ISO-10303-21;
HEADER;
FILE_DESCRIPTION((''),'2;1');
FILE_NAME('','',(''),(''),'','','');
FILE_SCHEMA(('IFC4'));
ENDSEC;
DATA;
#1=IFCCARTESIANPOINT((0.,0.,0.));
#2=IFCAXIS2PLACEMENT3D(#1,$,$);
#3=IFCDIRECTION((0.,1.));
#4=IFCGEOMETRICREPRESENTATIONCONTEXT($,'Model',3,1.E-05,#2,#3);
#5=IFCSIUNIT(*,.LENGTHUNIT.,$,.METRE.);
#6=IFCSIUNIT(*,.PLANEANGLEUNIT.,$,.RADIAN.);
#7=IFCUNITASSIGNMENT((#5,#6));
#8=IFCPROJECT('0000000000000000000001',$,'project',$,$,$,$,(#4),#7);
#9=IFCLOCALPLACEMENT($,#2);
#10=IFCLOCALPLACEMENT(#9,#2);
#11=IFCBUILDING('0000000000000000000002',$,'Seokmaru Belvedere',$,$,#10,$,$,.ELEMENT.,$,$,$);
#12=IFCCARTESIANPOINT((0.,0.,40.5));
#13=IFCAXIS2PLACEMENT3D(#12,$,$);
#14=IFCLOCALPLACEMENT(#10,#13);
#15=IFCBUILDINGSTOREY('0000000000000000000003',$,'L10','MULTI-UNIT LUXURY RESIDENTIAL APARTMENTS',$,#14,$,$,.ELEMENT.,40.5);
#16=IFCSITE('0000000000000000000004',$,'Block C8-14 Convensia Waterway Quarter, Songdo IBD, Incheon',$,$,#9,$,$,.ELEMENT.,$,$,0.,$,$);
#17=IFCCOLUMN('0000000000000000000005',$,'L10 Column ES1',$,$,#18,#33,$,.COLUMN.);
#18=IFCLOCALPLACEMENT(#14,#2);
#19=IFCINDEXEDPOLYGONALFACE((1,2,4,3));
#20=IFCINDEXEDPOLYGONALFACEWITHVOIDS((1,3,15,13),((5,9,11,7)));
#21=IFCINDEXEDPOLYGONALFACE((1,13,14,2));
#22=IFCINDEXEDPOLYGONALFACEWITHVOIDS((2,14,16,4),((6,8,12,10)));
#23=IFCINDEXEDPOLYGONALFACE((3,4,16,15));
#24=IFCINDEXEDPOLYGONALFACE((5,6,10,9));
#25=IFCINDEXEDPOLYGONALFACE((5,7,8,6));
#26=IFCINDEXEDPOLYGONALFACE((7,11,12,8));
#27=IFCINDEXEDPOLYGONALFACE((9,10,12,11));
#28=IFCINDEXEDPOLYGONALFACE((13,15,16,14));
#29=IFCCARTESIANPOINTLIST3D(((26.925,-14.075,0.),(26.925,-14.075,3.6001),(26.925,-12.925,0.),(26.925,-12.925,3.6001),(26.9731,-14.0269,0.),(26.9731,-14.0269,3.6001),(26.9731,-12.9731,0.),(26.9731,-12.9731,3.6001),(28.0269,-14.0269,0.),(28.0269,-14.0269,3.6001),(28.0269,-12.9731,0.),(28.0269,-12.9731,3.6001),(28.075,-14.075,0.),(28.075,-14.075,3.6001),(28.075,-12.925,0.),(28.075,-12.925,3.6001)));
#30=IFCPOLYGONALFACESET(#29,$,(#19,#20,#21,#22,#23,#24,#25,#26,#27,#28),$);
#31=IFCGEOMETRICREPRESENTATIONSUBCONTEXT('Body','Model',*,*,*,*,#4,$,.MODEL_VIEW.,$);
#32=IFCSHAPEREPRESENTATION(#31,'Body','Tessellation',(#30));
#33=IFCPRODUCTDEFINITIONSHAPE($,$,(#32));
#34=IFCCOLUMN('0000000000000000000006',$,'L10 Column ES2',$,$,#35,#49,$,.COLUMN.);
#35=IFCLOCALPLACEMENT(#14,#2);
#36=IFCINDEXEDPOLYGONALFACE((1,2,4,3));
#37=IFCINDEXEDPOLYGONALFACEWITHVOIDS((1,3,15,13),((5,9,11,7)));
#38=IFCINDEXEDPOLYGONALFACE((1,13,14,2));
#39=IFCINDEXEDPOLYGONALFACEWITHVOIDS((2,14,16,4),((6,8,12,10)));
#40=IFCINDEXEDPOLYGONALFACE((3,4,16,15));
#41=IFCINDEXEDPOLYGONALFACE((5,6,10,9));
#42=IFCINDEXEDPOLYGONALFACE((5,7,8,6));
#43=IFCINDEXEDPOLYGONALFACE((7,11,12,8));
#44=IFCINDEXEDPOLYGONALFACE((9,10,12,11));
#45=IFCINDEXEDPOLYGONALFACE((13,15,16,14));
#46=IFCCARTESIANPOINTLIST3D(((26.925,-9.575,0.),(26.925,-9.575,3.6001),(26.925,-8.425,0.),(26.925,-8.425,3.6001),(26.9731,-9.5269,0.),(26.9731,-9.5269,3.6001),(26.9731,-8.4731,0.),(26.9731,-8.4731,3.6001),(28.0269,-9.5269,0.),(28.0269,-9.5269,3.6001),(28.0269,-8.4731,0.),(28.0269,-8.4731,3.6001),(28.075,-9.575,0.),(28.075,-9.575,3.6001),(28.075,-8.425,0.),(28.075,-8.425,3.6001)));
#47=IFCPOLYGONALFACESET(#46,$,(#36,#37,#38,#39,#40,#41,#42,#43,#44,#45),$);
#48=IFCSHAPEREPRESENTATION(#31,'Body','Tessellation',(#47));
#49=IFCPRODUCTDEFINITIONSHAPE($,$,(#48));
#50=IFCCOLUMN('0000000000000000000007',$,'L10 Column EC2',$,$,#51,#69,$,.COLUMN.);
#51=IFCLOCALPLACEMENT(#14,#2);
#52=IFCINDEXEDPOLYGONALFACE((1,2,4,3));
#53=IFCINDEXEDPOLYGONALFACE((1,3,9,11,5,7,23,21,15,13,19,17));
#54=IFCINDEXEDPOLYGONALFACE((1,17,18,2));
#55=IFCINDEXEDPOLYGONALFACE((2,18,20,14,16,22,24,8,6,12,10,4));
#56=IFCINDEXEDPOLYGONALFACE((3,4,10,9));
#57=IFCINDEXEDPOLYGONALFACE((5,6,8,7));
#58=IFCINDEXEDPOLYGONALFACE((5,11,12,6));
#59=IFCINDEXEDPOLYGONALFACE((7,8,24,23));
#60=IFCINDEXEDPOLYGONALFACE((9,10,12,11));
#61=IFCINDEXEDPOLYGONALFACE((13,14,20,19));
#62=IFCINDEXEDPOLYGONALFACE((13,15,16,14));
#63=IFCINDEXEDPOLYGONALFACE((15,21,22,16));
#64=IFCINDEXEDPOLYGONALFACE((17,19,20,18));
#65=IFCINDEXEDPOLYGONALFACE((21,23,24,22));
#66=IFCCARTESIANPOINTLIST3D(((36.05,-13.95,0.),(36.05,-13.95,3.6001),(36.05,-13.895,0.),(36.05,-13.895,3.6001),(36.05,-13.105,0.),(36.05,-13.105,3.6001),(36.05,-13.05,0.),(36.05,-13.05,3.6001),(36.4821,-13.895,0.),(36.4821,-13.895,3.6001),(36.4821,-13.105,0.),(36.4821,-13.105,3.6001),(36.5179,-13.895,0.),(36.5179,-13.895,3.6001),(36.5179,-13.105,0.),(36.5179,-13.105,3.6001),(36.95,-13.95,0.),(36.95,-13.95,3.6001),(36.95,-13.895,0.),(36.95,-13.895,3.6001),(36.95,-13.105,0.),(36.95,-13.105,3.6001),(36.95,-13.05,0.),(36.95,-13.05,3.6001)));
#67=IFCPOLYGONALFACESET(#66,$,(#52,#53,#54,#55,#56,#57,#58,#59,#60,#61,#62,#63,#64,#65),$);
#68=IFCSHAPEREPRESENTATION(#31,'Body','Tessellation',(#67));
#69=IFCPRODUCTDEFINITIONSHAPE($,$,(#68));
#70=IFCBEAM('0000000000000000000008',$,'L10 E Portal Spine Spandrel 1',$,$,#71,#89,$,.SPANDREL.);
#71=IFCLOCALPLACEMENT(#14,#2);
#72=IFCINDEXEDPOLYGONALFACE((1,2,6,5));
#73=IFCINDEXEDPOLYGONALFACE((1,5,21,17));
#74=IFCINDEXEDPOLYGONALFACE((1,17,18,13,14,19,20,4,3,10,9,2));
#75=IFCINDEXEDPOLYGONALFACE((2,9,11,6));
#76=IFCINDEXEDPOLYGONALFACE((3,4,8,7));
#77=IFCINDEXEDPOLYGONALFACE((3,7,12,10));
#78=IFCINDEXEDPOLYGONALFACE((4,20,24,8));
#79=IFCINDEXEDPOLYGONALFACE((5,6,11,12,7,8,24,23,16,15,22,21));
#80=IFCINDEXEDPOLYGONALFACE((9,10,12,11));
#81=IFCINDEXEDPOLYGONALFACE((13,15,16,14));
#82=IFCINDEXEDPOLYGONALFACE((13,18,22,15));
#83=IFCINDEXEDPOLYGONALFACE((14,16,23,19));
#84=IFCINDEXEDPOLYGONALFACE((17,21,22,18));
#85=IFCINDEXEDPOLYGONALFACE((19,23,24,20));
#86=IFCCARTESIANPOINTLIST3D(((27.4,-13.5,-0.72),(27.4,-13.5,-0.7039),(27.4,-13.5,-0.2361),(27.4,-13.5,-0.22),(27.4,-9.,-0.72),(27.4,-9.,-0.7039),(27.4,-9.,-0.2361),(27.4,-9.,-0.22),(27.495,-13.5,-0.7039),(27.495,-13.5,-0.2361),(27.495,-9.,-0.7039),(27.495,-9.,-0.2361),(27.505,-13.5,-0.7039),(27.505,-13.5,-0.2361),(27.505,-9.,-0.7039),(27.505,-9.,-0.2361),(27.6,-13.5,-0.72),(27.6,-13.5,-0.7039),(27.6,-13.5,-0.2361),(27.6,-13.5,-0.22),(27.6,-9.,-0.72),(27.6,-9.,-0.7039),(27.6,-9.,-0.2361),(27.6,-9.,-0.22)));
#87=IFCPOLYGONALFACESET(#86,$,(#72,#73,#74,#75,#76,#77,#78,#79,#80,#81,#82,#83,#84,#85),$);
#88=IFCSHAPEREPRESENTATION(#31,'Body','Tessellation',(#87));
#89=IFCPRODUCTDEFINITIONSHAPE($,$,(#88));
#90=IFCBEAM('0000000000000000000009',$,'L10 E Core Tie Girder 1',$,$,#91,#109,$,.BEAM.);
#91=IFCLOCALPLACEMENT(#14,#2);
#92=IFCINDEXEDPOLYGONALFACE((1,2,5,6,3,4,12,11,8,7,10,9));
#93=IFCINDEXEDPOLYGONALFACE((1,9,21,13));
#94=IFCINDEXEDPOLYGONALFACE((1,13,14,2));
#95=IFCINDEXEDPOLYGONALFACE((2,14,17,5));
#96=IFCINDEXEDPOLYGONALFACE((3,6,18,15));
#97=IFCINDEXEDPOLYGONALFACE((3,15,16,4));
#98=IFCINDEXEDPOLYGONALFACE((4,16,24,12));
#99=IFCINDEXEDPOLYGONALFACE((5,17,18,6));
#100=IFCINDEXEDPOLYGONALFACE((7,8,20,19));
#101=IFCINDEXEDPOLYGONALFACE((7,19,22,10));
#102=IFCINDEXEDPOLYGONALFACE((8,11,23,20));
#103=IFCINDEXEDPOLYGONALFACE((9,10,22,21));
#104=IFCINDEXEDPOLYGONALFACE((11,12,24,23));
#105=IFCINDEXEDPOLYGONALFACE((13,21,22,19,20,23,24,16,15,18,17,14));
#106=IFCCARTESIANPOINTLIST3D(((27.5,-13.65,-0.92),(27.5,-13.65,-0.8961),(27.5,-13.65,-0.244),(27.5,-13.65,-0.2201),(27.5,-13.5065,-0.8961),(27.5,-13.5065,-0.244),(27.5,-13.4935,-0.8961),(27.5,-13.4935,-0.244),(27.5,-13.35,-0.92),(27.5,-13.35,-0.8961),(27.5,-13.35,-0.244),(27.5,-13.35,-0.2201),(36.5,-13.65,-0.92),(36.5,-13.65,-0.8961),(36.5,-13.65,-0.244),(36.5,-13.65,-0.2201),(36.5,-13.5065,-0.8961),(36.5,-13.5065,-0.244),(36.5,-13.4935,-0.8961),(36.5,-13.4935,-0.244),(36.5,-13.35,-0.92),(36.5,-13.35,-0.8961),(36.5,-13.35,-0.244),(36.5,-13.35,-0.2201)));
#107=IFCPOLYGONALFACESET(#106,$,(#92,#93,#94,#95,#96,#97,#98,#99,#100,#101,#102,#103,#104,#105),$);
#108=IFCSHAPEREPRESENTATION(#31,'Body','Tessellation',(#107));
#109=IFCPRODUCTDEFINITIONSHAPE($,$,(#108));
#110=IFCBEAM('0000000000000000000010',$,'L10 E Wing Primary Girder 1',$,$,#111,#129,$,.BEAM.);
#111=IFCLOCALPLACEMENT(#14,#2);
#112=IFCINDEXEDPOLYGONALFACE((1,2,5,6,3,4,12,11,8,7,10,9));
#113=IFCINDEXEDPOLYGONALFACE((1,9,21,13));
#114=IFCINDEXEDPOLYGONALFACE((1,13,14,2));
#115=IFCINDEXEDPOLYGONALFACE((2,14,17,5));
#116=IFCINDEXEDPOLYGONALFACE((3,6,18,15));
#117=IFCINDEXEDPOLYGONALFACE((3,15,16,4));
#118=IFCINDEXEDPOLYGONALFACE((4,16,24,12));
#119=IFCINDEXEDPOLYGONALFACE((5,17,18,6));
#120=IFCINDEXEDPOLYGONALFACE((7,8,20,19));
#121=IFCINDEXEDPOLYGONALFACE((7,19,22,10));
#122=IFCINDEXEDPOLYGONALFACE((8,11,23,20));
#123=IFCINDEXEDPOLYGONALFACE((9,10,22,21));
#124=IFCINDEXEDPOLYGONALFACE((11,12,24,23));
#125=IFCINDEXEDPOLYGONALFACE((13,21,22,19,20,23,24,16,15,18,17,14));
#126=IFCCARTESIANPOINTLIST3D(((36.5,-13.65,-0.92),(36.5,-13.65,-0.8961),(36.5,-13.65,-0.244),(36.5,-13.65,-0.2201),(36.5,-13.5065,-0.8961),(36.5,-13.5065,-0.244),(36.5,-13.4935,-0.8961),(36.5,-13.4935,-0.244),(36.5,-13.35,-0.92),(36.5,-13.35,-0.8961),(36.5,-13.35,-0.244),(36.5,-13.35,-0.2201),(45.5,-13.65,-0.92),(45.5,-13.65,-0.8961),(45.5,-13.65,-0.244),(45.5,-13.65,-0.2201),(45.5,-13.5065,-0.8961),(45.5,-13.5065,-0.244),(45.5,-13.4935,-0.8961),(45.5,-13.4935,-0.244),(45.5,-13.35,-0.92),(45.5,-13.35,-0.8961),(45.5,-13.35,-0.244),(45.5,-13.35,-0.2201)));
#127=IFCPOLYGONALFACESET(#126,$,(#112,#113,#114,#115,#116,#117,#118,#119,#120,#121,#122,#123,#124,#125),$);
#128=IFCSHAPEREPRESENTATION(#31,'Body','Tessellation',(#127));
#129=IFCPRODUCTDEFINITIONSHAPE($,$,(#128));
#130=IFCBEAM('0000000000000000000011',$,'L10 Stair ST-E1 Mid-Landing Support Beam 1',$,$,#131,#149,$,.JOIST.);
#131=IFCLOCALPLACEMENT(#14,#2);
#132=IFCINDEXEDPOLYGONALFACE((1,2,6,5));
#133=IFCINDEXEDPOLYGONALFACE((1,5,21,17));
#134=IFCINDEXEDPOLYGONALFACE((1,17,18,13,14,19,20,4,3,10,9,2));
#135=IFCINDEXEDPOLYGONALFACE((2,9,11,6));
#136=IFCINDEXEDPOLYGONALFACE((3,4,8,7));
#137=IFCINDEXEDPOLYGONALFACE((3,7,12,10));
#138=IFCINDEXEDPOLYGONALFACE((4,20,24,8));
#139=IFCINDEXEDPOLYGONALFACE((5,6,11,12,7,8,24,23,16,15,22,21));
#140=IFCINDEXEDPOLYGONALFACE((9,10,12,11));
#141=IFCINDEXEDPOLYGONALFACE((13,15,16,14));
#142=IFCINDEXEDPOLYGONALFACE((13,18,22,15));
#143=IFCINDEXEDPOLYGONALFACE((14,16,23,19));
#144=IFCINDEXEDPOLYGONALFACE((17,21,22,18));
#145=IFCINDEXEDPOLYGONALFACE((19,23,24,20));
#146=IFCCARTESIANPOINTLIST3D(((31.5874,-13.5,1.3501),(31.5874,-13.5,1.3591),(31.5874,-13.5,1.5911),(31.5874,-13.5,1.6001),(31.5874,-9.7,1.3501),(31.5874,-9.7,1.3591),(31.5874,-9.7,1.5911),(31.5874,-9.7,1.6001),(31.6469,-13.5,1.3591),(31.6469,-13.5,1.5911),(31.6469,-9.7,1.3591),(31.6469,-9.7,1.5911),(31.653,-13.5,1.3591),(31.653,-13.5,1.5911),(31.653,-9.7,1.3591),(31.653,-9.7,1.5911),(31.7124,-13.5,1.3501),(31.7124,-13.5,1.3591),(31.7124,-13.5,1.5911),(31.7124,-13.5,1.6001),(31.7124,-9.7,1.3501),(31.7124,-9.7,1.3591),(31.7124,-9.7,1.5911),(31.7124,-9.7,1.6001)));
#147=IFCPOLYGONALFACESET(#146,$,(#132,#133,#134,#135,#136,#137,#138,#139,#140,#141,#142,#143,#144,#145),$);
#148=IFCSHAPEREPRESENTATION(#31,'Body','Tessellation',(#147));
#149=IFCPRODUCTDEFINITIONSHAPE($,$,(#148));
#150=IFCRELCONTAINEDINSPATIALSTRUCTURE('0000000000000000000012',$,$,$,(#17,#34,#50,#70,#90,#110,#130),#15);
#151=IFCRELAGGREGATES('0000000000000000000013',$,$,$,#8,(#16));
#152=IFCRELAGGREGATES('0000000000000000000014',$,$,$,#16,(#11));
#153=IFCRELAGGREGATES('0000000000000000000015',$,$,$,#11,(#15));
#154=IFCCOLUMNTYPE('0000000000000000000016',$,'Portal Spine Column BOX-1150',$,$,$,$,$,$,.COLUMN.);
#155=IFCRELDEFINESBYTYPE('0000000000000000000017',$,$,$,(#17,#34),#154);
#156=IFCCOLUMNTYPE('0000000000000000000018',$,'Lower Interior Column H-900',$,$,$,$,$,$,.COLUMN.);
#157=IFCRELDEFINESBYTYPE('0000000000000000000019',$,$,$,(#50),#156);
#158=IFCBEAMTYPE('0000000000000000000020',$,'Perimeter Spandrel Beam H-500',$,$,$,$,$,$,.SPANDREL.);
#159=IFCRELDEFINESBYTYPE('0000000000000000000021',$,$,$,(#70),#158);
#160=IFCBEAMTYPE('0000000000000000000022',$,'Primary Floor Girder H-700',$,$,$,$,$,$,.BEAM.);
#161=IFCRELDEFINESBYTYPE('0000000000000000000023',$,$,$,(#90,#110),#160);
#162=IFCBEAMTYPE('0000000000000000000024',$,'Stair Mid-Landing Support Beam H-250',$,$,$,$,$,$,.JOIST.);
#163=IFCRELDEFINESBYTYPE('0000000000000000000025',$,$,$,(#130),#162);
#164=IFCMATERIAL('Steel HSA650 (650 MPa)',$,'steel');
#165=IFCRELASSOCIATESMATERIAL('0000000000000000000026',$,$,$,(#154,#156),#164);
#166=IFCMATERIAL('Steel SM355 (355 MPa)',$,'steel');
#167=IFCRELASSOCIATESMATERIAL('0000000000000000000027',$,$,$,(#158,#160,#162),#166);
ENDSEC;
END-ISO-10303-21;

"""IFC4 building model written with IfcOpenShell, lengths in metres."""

from ifc_helpers import new_model, si_unit, direction, frame, origin, origin_2d, place, context, subcontext, project, spatial, hollow_rectangle, i_section, extrude, source, transform, mapped, material, material_profile, profile_set, type_object, type_shapes, element, save


model = new_model("IFC4")

# Units and contexts
model_context = context("Model", 3, precision=1e-05, world=origin(), true_north=direction((0.0, 1.0)))
body_context = subcontext(model_context, "Body", "Model", "MODEL_VIEW")
ifc_project = project(units=[si_unit("LENGTHUNIT", "METRE"), si_unit("PLANEANGLEUNIT", "RADIAN")], contexts=[model_context])

# Site, building, storey
site_placement = place(None, origin())
site = spatial("IfcSite", under=ifc_project, at=site_placement, Name="Block C8-14 Convensia Waterway Quarter, Songdo IBD, Incheon", CompositionType="ELEMENT", RefElevation=0.0)
building_placement = place(site_placement, origin())
building = spatial("IfcBuilding", under=site, at=building_placement, Name="Seokmaru Belvedere", CompositionType="ELEMENT")
storey_placement = place(building_placement, frame((0.0, 0.0, 40.5)))
storey = spatial("IfcBuildingStorey", under=building, at=storey_placement, Name="L10", Description="MULTI-UNIT LUXURY RESIDENTIAL APARTMENTS", CompositionType="ELEMENT", Elevation=40.5)

# Columns
ifc_material_1 = material(Name="Steel HSA650 (650 MPa)", Category="steel")
ifc_material_profile_1 = material_profile(ifc_material_1, hollow_rectangle(XDim=1.1499, YDim=1.1499, WallThickness=0.0481, at=origin_2d()), Name="BOX-1150x1150x48")
ifc_profile_set_1 = profile_set([ifc_material_profile_1], Name="Steel HSA650 (650 MPa)")
column_type_1 = type_object("IfcColumnType", Name="Portal Spine Column BOX-1150", PredefinedType="COLUMN", material=ifc_profile_set_1)
shared_shape_1 = source(origin(), body_context, "Body", "SweptSolid", [
    extrude(hollow_rectangle(XDim=1.1499, YDim=1.1499, WallThickness=0.0481, at=origin_2d()), origin(), (0.0, 0.0, 1.0), 3.6001),
])
type_shapes(column_type_1, [shared_shape_1])
for number, where, z_axis, x_axis, name in (
    (1, (27.5, -13.5, 0.0), (0.0, 0.0, 1.0), (1.0, 0.0, 0.0), "L10 Column ES1"),
    (2, (27.5, -9.0, 0.0), (0.0, 0.0, 1.0), (1.0, 0.0, 0.0), "L10 Column ES2"),
):
    element("IfcColumn", number, at=place(storey_placement, frame(where, z_axis=z_axis, x_axis=x_axis)), inside=storey, type_object=column_type_1, Name=name, PredefinedType="COLUMN", context=body_context, shape_type="MappedRepresentation", body=[
        mapped(shared_shape_1, transform((0.0, 0.0, 0.0), scale=1.0)),
    ])
ifc_material_profile_2 = material_profile(ifc_material_1, i_section(OverallWidth=0.8999, OverallDepth=0.8999, WebThickness=0.0359, FlangeThickness=0.0549, at=origin_2d()), Name="H-900x900x36x55")
ifc_profile_set_2 = profile_set([ifc_material_profile_2], Name="Steel HSA650 (650 MPa)")
column_type_2 = type_object("IfcColumnType", Name="Lower Interior Column H-900", PredefinedType="COLUMN", material=ifc_profile_set_2)
shared_shape_2 = source(origin(), body_context, "Body", "SweptSolid", [
    extrude(i_section(OverallWidth=0.8999, OverallDepth=0.8999, WebThickness=0.0359, FlangeThickness=0.0549, at=origin_2d()), origin(), (0.0, 0.0, 1.0), 3.6001),
])
type_shapes(column_type_2, [shared_shape_2])
column_placement = place(storey_placement, frame((36.5, -13.5, 0.0), z_axis=(0.0, 0.0, 1.0), x_axis=(1.0, 0.0, 0.0)))
element("IfcColumn", 3, at=column_placement, inside=storey, type_object=column_type_2, Name="L10 Column EC2", PredefinedType="COLUMN", context=body_context, shape_type="MappedRepresentation", body=[
    mapped(shared_shape_2, transform((0.0, 0.0, 0.0), scale=1.0)),
])

# Beams
ifc_material_2 = material(Name="Steel SM355 (355 MPa)", Category="steel")
ifc_material_profile_3 = material_profile(ifc_material_2, i_section(OverallWidth=0.2, OverallDepth=0.5, WebThickness=0.01, FlangeThickness=0.0161, at=origin_2d()), Name="H-500x200x10x16")
ifc_profile_set_3 = profile_set([ifc_material_profile_3], Name="Steel SM355 (355 MPa)")
beam_type_1 = type_object("IfcBeamType", Name="Perimeter Spandrel Beam H-500", PredefinedType="SPANDREL", material=ifc_profile_set_3)
shared_shape_3 = source(origin(), body_context, "Body", "SweptSolid", [
    extrude(i_section(OverallWidth=0.2, OverallDepth=0.5, WebThickness=0.01, FlangeThickness=0.0161, at=origin_2d()), origin(), (0.0, 0.0, 1.0), 4.5),
])
type_shapes(beam_type_1, [shared_shape_3])
beam_1_placement = place(storey_placement, frame((27.5, -13.5, -0.47), z_axis=(0.0, 1.0, 0.0), x_axis=(-1.0, 0.0, 0.0)))
element("IfcBeam", 4, at=beam_1_placement, inside=storey, type_object=beam_type_1, Name="L10 E Portal Spine Spandrel 1", PredefinedType="SPANDREL", context=body_context, shape_type="MappedRepresentation", body=[
    mapped(shared_shape_3, transform((0.0, 0.0, 0.0), scale=1.0)),
])
ifc_material_profile_4 = material_profile(ifc_material_2, i_section(OverallWidth=0.3, OverallDepth=0.7, WebThickness=0.0129, FlangeThickness=0.0239, at=origin_2d()), Name="H-700x300x13x24")
ifc_profile_set_4 = profile_set([ifc_material_profile_4], Name="Steel SM355 (355 MPa)")
beam_type_2 = type_object("IfcBeamType", Name="Primary Floor Girder H-700", PredefinedType="BEAM", material=ifc_profile_set_4)
shared_shape_4 = source(origin(), body_context, "Body", "SweptSolid", [
    extrude(i_section(OverallWidth=0.3, OverallDepth=0.7, WebThickness=0.0129, FlangeThickness=0.0239, at=origin_2d()), origin(), (0.0, 0.0, 1.0), 9.0),
])
type_shapes(beam_type_2, [shared_shape_4])
for number, where, z_axis, x_axis, name in (
    (5, (27.5, -13.5, -0.5701), (1.0, 0.0, 0.0), (0.0, 1.0, 0.0), "L10 E Core Tie Girder 1"),
    (6, (36.5, -13.5, -0.5701), (1.0, 0.0, 0.0), (0.0, 1.0, 0.0), "L10 E Wing Primary Girder 1"),
):
    element("IfcBeam", number, at=place(storey_placement, frame(where, z_axis=z_axis, x_axis=x_axis)), inside=storey, type_object=beam_type_2, Name=name, PredefinedType="BEAM", context=body_context, shape_type="MappedRepresentation", body=[
        mapped(shared_shape_4, transform((0.0, 0.0, 0.0), scale=1.0)),
    ])
ifc_material_profile_5 = material_profile(ifc_material_2, i_section(OverallWidth=0.125, OverallDepth=0.25, WebThickness=0.0061, FlangeThickness=0.009, at=origin_2d()), Name="H-250x125x6x9")
ifc_profile_set_5 = profile_set([ifc_material_profile_5], Name="Steel SM355 (355 MPa)")
beam_type_3 = type_object("IfcBeamType", Name="Stair Mid-Landing Support Beam H-250", PredefinedType="JOIST", material=ifc_profile_set_5)
shared_shape_5 = source(origin(), body_context, "Body", "SweptSolid", [
    extrude(i_section(OverallWidth=0.125, OverallDepth=0.25, WebThickness=0.0061, FlangeThickness=0.009, at=origin_2d()), origin(), (0.0, 0.0, 1.0), 3.8),
])
type_shapes(beam_type_3, [shared_shape_5])
beam_2_placement = place(storey_placement, frame((31.6499, -13.5, 1.4751), z_axis=(0.0, 1.0, 0.0), x_axis=(-1.0, 0.0, 0.0)))
element("IfcBeam", 7, at=beam_2_placement, inside=storey, type_object=beam_type_3, Name="L10 Stair ST-E1 Mid-Landing Support Beam 1", PredefinedType="JOIST", context=body_context, shape_type="MappedRepresentation", body=[
    mapped(shared_shape_5, transform((0.0, 0.0, 0.0), scale=1.0)),
])

save(model, "model.ifc")
